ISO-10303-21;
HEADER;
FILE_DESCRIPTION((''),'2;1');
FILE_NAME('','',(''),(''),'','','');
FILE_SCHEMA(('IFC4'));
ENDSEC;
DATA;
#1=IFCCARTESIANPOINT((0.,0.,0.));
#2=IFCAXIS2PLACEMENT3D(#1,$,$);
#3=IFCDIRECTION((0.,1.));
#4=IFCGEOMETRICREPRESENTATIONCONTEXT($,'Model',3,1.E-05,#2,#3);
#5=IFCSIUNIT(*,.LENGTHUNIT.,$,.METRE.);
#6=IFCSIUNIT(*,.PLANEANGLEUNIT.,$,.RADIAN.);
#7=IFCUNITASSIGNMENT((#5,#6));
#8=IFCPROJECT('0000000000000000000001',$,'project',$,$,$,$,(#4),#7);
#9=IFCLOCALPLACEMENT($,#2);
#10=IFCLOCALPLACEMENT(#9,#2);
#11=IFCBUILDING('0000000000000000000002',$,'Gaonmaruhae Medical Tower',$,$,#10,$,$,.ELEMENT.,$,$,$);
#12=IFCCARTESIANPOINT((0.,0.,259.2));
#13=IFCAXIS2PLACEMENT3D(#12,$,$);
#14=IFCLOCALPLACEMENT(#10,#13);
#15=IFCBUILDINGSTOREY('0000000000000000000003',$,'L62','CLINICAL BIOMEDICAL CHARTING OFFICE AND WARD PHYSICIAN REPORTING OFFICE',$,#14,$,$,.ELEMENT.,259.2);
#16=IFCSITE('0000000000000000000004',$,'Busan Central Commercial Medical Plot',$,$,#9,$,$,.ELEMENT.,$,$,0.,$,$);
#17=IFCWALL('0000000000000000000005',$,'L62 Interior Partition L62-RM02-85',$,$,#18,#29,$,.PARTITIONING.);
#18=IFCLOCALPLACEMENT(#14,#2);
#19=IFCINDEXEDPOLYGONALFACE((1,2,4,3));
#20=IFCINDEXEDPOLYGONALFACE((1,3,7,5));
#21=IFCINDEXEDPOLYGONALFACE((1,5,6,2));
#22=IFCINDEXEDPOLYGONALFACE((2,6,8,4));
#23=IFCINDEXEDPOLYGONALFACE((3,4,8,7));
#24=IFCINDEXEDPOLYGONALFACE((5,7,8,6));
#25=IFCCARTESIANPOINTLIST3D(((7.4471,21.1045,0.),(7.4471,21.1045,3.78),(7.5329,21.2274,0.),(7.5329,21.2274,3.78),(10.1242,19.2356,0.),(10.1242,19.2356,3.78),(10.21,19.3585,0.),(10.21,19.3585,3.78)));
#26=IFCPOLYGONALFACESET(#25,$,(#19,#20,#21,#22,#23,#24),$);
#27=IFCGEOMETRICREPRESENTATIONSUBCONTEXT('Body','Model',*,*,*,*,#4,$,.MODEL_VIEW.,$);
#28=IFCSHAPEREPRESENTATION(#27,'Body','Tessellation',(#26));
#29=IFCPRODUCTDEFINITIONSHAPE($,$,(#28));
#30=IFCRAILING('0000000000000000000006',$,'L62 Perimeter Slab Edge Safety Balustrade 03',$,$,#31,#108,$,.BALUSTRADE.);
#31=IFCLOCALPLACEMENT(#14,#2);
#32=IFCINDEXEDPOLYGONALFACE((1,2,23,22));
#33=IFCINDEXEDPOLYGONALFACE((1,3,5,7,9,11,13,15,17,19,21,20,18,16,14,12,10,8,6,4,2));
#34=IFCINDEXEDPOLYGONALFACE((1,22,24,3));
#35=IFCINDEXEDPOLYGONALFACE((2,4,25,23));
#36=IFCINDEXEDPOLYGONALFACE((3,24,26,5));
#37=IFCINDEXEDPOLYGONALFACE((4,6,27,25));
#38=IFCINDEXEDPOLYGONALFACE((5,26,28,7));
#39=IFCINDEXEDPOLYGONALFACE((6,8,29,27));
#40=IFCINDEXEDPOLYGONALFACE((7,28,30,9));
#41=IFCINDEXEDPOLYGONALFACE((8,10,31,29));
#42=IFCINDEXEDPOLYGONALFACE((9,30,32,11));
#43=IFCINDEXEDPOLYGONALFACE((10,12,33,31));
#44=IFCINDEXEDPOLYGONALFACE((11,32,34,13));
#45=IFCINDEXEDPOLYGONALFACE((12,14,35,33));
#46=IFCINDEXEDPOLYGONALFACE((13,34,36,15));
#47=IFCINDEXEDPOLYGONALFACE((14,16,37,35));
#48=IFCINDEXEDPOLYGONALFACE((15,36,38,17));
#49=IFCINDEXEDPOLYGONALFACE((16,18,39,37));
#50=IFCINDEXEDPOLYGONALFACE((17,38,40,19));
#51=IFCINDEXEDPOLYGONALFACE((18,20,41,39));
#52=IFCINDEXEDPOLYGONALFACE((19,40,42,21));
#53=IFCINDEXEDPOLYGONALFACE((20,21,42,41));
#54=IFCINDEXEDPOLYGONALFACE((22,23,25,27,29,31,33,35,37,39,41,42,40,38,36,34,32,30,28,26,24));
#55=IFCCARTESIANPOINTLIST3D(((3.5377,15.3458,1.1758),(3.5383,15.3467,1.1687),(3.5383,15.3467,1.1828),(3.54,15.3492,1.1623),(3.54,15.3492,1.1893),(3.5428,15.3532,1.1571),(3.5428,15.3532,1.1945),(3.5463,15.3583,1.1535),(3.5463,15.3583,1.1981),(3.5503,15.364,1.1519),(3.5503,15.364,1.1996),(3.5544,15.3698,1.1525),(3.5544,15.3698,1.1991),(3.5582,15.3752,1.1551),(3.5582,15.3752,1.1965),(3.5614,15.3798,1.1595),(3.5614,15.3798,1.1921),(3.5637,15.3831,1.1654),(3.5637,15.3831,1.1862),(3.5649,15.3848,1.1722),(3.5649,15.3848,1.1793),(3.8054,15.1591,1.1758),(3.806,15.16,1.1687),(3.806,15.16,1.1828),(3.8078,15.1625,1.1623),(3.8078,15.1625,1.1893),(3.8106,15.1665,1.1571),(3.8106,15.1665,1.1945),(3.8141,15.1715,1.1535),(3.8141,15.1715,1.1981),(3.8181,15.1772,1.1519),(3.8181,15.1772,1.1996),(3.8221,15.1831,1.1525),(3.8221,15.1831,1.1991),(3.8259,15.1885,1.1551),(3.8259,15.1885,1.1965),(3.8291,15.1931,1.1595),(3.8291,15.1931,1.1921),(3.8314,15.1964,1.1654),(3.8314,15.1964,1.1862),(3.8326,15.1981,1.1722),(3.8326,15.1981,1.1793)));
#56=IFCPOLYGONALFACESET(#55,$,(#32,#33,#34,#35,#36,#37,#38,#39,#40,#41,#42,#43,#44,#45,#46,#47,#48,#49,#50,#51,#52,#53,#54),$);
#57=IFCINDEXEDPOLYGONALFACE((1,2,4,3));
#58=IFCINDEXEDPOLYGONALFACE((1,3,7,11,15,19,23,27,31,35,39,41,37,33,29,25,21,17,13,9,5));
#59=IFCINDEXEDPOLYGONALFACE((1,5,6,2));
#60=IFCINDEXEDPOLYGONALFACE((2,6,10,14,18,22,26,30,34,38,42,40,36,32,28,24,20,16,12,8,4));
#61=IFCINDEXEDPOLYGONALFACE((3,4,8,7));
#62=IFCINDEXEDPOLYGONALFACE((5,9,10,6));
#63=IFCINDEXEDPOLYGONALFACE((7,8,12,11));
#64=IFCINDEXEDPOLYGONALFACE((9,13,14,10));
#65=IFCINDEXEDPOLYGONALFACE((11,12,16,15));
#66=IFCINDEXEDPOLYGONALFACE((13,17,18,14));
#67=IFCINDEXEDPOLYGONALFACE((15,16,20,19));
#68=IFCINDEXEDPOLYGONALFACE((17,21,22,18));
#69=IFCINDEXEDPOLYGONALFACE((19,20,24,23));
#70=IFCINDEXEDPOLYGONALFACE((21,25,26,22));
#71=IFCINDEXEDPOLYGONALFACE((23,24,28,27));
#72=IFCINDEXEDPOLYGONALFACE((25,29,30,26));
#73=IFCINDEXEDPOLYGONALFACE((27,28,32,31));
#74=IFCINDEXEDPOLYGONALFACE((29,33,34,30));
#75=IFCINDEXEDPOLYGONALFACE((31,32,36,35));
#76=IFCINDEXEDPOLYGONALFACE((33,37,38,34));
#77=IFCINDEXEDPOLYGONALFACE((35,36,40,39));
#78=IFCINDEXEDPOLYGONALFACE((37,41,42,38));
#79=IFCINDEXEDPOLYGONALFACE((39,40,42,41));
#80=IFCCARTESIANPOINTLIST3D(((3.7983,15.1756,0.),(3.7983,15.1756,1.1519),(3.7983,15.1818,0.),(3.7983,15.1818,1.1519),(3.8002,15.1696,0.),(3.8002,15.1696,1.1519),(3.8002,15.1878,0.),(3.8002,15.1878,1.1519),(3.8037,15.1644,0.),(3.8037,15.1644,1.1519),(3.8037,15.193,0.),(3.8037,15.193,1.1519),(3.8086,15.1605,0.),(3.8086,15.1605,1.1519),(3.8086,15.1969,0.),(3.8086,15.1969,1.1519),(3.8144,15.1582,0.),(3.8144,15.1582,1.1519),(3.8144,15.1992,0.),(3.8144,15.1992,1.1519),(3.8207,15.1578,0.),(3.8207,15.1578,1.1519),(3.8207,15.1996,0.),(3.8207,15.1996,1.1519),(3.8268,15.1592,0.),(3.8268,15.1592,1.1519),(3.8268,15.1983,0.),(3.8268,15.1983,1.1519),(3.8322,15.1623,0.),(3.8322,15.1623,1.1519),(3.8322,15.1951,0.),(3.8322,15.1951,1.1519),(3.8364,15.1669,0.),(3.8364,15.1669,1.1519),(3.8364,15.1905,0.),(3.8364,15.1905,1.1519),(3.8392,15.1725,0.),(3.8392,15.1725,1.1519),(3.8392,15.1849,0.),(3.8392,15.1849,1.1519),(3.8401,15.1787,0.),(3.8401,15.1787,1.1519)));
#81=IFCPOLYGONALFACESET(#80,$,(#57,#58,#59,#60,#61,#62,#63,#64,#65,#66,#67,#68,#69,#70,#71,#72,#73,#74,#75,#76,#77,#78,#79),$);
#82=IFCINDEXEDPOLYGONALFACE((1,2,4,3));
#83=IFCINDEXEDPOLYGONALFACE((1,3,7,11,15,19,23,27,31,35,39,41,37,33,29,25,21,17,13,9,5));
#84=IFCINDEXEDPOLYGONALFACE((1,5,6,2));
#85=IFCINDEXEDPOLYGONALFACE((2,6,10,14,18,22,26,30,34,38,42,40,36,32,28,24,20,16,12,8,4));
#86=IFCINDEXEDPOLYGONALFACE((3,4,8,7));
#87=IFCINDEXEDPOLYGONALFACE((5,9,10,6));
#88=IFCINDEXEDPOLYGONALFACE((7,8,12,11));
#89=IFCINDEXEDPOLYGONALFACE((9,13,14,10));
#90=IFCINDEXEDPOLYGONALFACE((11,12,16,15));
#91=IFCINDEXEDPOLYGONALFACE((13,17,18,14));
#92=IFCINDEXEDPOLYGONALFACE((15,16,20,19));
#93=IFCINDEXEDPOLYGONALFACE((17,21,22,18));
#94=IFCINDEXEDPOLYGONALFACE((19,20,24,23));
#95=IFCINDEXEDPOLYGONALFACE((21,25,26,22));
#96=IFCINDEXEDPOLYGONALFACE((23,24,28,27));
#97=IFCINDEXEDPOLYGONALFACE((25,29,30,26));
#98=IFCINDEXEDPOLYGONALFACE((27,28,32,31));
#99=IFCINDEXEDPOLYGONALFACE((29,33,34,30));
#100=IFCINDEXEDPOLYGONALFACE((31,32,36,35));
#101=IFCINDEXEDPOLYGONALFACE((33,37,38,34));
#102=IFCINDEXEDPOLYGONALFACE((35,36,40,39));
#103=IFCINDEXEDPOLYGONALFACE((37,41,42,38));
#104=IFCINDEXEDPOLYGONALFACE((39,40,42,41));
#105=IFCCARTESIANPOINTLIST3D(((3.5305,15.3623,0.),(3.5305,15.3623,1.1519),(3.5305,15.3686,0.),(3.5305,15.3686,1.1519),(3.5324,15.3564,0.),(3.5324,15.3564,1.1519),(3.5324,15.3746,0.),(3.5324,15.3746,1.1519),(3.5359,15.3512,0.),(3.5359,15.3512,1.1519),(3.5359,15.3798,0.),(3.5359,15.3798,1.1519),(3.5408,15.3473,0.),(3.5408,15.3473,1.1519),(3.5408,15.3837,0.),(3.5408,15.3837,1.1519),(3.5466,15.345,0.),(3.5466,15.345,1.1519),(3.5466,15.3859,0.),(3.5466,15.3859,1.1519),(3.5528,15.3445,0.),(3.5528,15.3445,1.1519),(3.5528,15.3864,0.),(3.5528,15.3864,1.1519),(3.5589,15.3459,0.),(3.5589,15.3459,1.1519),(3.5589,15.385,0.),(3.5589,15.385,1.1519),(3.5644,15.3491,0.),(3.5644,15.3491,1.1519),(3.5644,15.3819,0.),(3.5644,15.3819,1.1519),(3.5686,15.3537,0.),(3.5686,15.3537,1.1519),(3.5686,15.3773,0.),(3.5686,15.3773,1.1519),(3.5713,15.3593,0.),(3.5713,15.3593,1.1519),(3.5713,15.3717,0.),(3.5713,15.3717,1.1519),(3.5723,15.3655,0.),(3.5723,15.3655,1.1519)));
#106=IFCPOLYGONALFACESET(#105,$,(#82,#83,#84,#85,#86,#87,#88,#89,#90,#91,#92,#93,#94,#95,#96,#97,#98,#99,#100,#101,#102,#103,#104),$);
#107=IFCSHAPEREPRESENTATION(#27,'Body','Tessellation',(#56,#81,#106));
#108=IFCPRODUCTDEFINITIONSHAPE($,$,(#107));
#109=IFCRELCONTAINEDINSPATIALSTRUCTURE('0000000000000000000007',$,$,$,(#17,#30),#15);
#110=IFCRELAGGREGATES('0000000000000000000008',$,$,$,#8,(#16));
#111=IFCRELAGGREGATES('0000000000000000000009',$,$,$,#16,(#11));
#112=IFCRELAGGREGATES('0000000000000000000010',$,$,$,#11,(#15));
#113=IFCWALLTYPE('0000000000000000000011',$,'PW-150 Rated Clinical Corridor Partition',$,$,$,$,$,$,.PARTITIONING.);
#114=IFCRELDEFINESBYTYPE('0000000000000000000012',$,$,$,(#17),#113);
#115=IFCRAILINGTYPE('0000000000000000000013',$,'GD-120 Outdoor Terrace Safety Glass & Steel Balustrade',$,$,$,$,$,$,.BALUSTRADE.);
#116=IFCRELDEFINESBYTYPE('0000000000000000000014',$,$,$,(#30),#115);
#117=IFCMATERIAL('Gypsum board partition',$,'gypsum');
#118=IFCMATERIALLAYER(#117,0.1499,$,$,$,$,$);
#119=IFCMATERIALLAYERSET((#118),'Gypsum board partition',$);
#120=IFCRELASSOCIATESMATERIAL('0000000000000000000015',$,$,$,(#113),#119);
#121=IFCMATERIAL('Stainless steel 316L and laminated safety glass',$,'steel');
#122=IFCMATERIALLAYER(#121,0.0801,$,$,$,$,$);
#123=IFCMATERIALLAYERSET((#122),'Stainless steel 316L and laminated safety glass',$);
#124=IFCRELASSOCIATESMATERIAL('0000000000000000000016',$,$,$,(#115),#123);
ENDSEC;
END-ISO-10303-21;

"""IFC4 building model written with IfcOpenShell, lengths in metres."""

from ifc_helpers import new_model, si_unit, direction, frame, frame_2d, origin, origin_2d, place, context, subcontext, project, spatial, rectangle, circle, extrude, material, layer, layer_set, type_object, element, save


model = new_model("IFC4")

# Units and contexts
model_context = context("Model", 3, precision=1e-05, world=origin(), true_north=direction((0.0, 1.0)))
body_context = subcontext(model_context, "Body", "Model", "MODEL_VIEW")
ifc_project = project(units=[si_unit("LENGTHUNIT", "METRE"), si_unit("PLANEANGLEUNIT", "RADIAN")], contexts=[model_context])

# Site, building, storey
site_placement = place(None, origin())
site = spatial("IfcSite", under=ifc_project, at=site_placement, Name="Busan Central Commercial Medical Plot", CompositionType="ELEMENT", RefElevation=0.0)
building_placement = place(site_placement, origin())
building = spatial("IfcBuilding", under=site, at=building_placement, Name="Gaonmaruhae Medical Tower", CompositionType="ELEMENT")
storey_placement = place(building_placement, frame((0.0, 0.0, 259.2)))
storey = spatial("IfcBuildingStorey", under=building, at=storey_placement, Name="L62", Description="CLINICAL BIOMEDICAL CHARTING OFFICE AND WARD PHYSICIAN REPORTING OFFICE", CompositionType="ELEMENT", Elevation=259.2)

# Wall
ifc_material_1 = material(Name="Gypsum board partition", Category="gypsum")
ifc_layer_1 = layer(ifc_material_1, 0.1499)
ifc_layer_set_1 = layer_set([ifc_layer_1], Name="Gypsum board partition")
wall_type_1 = type_object("IfcWallType", Name="PW-150 Rated Clinical Corridor Partition", PredefinedType="PARTITIONING", material=ifc_layer_set_1)
wall_1_placement = place(storey_placement, frame((10.167, 19.2971, 0.0), z_axis=(0.0, 0.0, 1.0), x_axis=(-0.819951, 0.572433, 0.0)))
element("IfcWall", 1, at=wall_1_placement, inside=storey, type_object=wall_type_1, Name="L62 Interior Partition L62-RM02-85", PredefinedType="PARTITIONING", context=body_context, shape_type="SweptSolid", body=[
    extrude(rectangle(XDim=3.2649, YDim=0.1499, at=frame_2d((1.6323, 0.0))), origin(), (0.0, 0.0, 1.0), 3.78),
])

# Railing
ifc_material_2 = material(Name="Stainless steel 316L and laminated safety glass", Category="steel")
ifc_layer_2 = layer(ifc_material_2, 0.0801)
ifc_layer_set_2 = layer_set([ifc_layer_2], Name="Stainless steel 316L and laminated safety glass")
railing_type_1 = type_object("IfcRailingType", Name="GD-120 Outdoor Terrace Safety Glass & Steel Balustrade", PredefinedType="BALUSTRADE", material=ifc_layer_set_2)
railing_1_placement = place(storey_placement, frame((3.8191, 15.1787, 0.0)))
element("IfcRailing", 2, at=railing_1_placement, inside=storey, type_object=railing_type_1, Name="L62 Perimeter Slab Edge Safety Balustrade 03", PredefinedType="BALUSTRADE", context=body_context, shape_type="SweptSolid", body=[
    extrude(circle(Radius=0.0239, at=origin_2d()), frame((0.0, 0.0, 1.1758), z_axis=(-0.820249, 0.572006, 0.0), x_axis=(-0.572006, -0.820249, 0.0)), (0.0, 0.0, 1.0), 0.3264),
    extrude(circle(Radius=0.021, at=origin_2d()), origin(), (0.0, 0.0, 1.0), 1.1519),
    extrude(circle(Radius=0.021, at=origin_2d()), frame((-0.2678, 0.1868, 0.0)), (0.0, 0.0, 1.0), 1.1519),
])

save(model, "model.ifc")
